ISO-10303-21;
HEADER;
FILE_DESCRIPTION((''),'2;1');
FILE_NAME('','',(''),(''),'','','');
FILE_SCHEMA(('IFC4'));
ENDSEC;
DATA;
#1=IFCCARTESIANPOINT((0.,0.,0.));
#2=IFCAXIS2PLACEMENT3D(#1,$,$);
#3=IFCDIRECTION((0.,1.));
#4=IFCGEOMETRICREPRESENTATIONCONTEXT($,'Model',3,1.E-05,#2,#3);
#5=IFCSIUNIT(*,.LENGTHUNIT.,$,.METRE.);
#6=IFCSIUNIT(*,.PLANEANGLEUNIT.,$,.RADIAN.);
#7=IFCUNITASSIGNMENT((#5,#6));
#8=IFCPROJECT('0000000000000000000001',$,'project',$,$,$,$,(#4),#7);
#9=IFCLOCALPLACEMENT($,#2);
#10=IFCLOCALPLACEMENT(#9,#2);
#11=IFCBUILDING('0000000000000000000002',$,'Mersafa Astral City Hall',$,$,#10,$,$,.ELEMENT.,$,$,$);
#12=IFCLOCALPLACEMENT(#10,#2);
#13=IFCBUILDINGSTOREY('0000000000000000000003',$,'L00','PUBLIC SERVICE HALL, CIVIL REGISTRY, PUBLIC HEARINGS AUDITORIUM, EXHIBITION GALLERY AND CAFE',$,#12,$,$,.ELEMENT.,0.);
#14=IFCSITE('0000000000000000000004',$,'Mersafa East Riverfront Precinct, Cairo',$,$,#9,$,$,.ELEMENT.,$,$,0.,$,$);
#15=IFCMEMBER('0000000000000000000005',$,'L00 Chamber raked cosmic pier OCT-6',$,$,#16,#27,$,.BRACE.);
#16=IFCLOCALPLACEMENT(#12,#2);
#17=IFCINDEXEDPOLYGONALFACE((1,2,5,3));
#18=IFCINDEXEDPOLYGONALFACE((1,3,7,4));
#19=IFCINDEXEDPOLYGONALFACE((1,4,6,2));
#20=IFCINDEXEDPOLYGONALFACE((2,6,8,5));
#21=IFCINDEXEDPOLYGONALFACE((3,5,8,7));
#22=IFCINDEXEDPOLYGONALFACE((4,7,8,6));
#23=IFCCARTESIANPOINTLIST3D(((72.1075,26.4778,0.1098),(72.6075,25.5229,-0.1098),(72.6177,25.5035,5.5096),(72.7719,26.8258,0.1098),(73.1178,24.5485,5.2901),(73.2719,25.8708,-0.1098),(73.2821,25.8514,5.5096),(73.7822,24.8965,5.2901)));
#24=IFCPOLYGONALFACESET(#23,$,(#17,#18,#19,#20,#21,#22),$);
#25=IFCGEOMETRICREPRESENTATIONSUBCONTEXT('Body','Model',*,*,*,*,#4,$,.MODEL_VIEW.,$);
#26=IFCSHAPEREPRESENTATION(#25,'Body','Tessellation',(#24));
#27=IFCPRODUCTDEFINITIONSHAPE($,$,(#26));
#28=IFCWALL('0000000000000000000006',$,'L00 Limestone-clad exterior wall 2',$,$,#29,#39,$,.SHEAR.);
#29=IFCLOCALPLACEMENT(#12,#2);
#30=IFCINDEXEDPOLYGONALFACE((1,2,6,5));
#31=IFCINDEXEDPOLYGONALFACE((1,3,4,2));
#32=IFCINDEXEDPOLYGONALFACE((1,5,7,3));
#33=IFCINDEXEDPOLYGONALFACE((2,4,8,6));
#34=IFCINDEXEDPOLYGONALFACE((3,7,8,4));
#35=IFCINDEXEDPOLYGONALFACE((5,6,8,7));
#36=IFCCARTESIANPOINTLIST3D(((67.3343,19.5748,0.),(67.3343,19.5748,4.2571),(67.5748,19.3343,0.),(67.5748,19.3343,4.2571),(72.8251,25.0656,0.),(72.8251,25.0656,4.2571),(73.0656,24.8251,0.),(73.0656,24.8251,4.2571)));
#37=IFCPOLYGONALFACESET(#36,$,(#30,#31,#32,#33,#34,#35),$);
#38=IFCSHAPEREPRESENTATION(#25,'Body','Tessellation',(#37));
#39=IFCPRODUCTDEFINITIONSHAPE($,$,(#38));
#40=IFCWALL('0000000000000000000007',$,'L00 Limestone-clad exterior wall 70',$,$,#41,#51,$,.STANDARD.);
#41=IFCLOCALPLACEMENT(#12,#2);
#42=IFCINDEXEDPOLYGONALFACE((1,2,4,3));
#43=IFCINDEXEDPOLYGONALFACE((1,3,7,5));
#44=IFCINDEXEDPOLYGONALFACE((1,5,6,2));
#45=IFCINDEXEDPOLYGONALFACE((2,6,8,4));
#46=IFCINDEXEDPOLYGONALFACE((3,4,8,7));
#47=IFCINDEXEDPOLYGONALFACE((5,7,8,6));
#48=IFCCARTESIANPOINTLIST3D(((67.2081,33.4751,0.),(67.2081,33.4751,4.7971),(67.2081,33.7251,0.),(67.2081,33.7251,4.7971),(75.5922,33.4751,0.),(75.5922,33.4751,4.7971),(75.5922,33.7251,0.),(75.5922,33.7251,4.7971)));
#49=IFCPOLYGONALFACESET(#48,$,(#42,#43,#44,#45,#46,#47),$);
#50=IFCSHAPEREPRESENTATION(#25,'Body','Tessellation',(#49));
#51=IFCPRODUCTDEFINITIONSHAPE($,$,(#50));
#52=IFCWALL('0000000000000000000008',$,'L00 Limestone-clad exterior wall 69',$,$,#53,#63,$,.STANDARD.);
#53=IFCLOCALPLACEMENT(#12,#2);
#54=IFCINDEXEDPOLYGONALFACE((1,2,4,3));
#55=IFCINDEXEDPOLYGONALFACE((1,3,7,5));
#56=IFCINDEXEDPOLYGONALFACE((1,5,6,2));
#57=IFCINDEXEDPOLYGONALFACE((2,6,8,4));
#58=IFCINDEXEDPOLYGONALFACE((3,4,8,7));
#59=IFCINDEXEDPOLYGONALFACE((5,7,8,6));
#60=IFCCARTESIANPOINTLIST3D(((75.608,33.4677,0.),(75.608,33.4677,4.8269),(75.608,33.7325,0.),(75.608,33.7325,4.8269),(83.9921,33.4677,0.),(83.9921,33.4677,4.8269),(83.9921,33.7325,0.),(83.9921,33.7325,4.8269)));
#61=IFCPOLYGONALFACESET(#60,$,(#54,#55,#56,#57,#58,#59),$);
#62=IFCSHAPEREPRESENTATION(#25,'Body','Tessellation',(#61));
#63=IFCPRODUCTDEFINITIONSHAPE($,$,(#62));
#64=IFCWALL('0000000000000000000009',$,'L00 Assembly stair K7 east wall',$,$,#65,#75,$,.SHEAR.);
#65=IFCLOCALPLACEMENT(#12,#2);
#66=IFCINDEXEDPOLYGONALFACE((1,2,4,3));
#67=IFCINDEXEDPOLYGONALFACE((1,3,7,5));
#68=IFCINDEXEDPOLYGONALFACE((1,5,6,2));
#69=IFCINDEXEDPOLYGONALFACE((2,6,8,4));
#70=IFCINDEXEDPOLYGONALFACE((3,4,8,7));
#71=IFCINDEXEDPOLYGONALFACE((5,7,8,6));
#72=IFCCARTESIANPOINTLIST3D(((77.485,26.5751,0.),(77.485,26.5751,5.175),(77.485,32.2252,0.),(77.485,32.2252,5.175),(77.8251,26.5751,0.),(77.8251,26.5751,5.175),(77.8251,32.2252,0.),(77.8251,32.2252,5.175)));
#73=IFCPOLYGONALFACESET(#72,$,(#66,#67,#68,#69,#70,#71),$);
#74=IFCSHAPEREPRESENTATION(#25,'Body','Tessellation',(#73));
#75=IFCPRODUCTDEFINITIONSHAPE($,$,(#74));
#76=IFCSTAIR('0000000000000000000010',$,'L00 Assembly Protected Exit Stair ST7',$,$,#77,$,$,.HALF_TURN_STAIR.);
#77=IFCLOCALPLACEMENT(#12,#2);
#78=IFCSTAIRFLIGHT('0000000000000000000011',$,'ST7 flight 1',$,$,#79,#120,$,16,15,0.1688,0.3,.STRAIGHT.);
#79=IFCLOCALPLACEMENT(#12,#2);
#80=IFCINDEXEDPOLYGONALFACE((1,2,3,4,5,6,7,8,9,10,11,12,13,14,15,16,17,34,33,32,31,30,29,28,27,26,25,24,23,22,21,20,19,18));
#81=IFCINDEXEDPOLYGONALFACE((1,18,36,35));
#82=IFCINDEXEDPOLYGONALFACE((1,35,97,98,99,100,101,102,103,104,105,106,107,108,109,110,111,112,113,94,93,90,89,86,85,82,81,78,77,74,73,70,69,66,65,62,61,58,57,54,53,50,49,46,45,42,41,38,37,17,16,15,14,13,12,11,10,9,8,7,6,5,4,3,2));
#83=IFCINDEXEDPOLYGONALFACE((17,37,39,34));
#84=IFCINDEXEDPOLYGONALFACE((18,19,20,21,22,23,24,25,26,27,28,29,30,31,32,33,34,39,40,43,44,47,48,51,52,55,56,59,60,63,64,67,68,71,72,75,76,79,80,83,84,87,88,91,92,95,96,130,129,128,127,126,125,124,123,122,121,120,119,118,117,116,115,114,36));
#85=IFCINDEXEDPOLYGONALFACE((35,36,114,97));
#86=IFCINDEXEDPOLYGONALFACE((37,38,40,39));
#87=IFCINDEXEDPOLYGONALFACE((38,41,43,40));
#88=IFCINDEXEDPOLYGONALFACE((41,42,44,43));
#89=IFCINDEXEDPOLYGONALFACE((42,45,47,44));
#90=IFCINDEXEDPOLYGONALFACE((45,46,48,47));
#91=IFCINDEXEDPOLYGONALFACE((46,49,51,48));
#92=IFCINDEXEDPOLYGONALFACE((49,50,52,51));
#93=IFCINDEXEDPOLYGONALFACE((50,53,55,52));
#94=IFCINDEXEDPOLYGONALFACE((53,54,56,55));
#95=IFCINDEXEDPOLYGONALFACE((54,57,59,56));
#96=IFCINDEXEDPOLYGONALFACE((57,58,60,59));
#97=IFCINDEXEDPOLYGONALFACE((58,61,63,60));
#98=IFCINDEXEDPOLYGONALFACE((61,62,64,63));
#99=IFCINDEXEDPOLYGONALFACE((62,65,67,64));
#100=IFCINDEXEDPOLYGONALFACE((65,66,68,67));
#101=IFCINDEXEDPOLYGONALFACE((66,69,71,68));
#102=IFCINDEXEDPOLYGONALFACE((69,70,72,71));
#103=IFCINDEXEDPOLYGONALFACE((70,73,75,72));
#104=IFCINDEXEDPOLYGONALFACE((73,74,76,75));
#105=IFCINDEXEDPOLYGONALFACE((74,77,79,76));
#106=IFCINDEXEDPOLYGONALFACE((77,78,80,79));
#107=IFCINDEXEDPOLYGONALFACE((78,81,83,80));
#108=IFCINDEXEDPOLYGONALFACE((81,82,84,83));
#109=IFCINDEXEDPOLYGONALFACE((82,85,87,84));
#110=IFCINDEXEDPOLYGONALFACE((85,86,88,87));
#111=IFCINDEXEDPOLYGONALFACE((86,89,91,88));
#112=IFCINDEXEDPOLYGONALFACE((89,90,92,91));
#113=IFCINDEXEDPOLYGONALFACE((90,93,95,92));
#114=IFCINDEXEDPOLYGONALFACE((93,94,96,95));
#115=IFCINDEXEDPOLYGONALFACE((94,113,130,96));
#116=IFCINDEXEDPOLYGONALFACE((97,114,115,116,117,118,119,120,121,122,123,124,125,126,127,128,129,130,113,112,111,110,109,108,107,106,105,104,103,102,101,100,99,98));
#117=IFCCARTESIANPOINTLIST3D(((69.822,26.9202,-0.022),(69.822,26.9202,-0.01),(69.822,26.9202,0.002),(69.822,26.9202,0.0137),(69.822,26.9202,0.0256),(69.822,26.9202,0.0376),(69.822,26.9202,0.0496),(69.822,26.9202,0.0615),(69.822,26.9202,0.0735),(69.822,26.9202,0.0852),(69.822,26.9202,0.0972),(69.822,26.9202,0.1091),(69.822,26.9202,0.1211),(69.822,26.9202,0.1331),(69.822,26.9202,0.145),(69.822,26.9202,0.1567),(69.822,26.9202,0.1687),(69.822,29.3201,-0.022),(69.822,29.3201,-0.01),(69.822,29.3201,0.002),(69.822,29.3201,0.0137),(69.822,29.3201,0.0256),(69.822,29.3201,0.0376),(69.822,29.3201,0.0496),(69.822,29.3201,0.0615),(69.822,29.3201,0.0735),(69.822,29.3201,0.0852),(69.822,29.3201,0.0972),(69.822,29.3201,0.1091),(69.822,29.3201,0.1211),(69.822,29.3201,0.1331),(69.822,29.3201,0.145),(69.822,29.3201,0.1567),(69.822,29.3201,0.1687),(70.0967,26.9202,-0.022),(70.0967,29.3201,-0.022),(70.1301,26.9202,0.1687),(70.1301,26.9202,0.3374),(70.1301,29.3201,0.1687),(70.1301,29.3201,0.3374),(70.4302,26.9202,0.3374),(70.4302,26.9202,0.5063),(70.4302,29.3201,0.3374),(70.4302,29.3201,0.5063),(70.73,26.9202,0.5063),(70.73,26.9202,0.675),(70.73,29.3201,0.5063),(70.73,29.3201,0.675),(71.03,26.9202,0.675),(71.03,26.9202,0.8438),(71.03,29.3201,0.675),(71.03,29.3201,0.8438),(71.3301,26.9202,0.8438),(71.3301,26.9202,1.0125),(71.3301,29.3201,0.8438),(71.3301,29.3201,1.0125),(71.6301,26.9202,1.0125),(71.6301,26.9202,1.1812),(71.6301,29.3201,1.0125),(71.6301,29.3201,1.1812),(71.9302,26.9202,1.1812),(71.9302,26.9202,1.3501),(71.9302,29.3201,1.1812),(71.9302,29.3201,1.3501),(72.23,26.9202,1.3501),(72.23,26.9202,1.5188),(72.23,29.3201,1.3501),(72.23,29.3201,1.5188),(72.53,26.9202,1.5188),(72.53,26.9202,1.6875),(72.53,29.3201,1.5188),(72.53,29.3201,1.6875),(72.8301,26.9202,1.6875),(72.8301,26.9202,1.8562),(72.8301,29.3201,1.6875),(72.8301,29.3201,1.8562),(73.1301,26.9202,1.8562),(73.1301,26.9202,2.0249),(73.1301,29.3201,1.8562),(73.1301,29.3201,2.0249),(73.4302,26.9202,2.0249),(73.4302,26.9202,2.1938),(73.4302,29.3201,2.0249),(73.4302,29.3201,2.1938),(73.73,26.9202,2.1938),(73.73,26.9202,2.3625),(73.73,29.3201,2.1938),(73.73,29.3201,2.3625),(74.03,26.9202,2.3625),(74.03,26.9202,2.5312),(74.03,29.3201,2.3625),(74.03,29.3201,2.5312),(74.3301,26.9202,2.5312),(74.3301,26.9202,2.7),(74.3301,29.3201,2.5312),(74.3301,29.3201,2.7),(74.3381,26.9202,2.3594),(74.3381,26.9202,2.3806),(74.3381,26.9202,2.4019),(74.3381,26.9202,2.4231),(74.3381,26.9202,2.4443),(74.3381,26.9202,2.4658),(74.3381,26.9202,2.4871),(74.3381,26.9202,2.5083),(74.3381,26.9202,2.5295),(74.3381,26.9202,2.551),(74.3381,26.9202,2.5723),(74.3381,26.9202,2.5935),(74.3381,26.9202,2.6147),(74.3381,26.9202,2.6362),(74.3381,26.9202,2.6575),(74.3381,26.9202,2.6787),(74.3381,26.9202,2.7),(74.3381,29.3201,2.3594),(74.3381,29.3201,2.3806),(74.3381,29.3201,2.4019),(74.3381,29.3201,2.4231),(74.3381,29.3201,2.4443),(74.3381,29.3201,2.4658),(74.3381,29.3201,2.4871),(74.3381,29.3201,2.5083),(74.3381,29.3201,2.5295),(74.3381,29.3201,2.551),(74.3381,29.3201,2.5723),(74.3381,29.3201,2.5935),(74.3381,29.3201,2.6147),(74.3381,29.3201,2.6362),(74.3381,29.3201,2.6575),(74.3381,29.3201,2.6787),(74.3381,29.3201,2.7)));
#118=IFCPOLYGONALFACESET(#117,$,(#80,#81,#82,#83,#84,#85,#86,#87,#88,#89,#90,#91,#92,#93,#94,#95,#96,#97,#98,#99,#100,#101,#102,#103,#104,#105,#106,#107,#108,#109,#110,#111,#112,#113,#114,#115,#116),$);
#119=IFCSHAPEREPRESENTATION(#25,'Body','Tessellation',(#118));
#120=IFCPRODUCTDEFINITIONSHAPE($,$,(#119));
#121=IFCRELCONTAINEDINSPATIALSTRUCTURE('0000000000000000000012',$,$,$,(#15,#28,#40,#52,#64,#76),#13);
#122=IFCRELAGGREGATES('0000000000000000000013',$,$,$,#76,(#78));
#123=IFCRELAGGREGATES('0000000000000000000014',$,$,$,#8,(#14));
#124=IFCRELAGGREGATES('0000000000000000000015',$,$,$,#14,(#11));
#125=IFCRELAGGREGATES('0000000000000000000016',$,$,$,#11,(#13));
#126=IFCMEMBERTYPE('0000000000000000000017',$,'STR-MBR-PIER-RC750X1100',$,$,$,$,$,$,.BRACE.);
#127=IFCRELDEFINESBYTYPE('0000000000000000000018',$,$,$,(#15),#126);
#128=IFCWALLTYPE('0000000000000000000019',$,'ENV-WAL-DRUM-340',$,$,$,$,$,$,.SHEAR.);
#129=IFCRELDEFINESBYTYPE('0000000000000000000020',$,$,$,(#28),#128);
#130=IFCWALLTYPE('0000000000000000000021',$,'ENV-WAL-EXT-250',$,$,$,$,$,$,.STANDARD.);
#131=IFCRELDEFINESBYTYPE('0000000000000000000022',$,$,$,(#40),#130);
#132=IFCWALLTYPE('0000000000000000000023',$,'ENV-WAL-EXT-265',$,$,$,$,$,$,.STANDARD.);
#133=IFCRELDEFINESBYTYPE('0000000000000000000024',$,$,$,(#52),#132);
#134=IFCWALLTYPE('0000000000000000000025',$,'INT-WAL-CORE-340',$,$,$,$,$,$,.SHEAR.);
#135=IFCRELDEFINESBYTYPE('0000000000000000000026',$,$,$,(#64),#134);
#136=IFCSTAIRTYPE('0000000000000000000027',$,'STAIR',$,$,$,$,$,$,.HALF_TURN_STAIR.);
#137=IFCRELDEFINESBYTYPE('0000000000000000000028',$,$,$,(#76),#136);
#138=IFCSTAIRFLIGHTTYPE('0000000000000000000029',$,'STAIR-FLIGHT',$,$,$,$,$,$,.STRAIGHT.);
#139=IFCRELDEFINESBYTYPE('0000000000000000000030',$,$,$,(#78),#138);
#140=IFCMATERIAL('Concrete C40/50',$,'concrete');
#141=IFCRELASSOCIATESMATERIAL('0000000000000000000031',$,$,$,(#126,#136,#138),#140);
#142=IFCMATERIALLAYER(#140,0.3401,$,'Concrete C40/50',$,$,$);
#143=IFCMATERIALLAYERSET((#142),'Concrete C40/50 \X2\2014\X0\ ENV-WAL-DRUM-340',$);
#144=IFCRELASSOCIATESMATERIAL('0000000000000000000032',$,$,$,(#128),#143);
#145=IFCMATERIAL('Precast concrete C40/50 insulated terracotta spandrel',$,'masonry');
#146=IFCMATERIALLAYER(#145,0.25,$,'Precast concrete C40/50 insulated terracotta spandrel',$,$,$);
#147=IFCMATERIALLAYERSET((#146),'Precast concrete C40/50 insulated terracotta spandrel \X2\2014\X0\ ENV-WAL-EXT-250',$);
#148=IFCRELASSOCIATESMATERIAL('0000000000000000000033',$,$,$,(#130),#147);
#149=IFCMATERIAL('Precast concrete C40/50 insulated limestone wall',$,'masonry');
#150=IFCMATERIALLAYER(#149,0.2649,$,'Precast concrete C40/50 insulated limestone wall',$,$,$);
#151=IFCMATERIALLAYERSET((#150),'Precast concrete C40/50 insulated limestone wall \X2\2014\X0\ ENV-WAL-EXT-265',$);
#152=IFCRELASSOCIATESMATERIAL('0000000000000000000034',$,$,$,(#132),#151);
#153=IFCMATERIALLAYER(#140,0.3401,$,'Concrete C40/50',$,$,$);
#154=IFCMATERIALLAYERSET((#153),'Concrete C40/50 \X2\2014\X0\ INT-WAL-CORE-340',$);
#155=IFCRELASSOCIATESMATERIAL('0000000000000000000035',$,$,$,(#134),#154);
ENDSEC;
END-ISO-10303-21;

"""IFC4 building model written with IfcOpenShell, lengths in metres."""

from ifc_helpers import new_model, si_unit, direction, frame, frame_2d, origin, origin_2d, place, context, subcontext, project, spatial, polyline, rectangle, outline, extrude, material, layer, layer_set, material_profile, profile_set, type_object, element, aggregate, save


model = new_model("IFC4")

# Units and contexts
model_context = context("Model", 3, precision=1e-05, world=origin(), true_north=direction((0.0, 1.0)))
body_context = subcontext(model_context, "Body", "Model", "MODEL_VIEW")
ifc_project = project(units=[si_unit("LENGTHUNIT", "METRE"), si_unit("PLANEANGLEUNIT", "RADIAN")], contexts=[model_context])

# Site, building, storey
site_placement = place(None, origin())
site = spatial("IfcSite", under=ifc_project, at=site_placement, Name="Mersafa East Riverfront Precinct, Cairo", CompositionType="ELEMENT", RefElevation=0.0)
building_placement = place(site_placement, origin())
building = spatial("IfcBuilding", under=site, at=building_placement, Name="Mersafa Astral City Hall", CompositionType="ELEMENT")
storey_placement = place(building_placement, origin())
storey = spatial("IfcBuildingStorey", under=building, at=storey_placement, Name="L00", Description="PUBLIC SERVICE HALL, CIVIL REGISTRY, PUBLIC HEARINGS AUDITORIUM, EXHIBITION GALLERY AND CAFE", CompositionType="ELEMENT", Elevation=0.0)

# Shared definitions
ifc_material_1 = material(Name="Concrete C40/50", Category="concrete")

# Member
ifc_material_profile_1 = material_profile(ifc_material_1, rectangle(XDim=0.75, YDim=1.1001, at=origin_2d()), Name="RC 750x1100")
ifc_profile_set_1 = profile_set([ifc_material_profile_1], Name="Concrete C40/50")
member_type = type_object("IfcMemberType", Name="STR-MBR-PIER-RC750X1100", PredefinedType="BRACE", material=ifc_profile_set_1)
member_placement = place(storey_placement, frame((72.6897, 26.1743, 0.0), z_axis=(0.092592, -0.176811, 0.97988), x_axis=(0.885879, 0.463916, 0.0)))
element("IfcMember", 1, at=member_placement, inside=storey, type_object=member_type, Name="L00 Chamber raked cosmic pier OCT-6", PredefinedType="BRACE", context=body_context, shape_type="SweptSolid", body=[
    extrude(rectangle(XDim=0.75, YDim=1.1001, at=origin_2d()), origin(), (0.0, 0.0, 1.0), 5.5107),
])

# Walls
ifc_layer_1 = layer(ifc_material_1, 0.3401, Name="Concrete C40/50")
ifc_layer_set_1 = layer_set([ifc_layer_1], Name="Concrete C40/50 — ENV-WAL-DRUM-340")
wall_type_1 = type_object("IfcWallType", Name="ENV-WAL-DRUM-340", PredefinedType="SHEAR", material=ifc_layer_set_1)
wall_1_placement = place(storey_placement, frame((72.9453, 24.9453, 0.0), z_axis=(0.0, 0.0, 1.0), x_axis=(-0.707107, -0.707107, 0.0)))
element("IfcWall", 2, at=wall_1_placement, inside=storey, type_object=wall_type_1, Name="L00 Limestone-clad exterior wall 2", PredefinedType="SHEAR", context=body_context, shape_type="SweptSolid", body=[
    extrude(rectangle(XDim=7.7651, YDim=0.3401, at=frame_2d((3.8826, 0.0))), origin(), (0.0, 0.0, 1.0), 4.2571),
])
ifc_material_2 = material(Name="Precast concrete C40/50 insulated terracotta spandrel", Category="masonry")
ifc_layer_2 = layer(ifc_material_2, 0.25, Name="Precast concrete C40/50 insulated terracotta spandrel")
ifc_layer_set_2 = layer_set([ifc_layer_2], Name="Precast concrete C40/50 insulated terracotta spandrel — ENV-WAL-EXT-250")
wall_type_2 = type_object("IfcWallType", Name="ENV-WAL-EXT-250", PredefinedType="STANDARD", material=ifc_layer_set_2)
wall_2_placement = place(storey_placement, frame((75.592, 33.6001, 0.0), z_axis=(0.0, 0.0, 1.0), x_axis=(-1.0, 0.0, 0.0)))
element("IfcWall", 3, at=wall_2_placement, inside=storey, type_object=wall_type_2, Name="L00 Limestone-clad exterior wall 70", PredefinedType="STANDARD", context=body_context, shape_type="SweptSolid", body=[
    extrude(rectangle(XDim=8.384, YDim=0.25, at=frame_2d((4.1919, 0.0))), origin(), (0.0, 0.0, 1.0), 4.7971),
])
ifc_material_3 = material(Name="Precast concrete C40/50 insulated limestone wall", Category="masonry")
ifc_layer_3 = layer(ifc_material_3, 0.2649, Name="Precast concrete C40/50 insulated limestone wall")
ifc_layer_set_3 = layer_set([ifc_layer_3], Name="Precast concrete C40/50 insulated limestone wall — ENV-WAL-EXT-265")
wall_type_3 = type_object("IfcWallType", Name="ENV-WAL-EXT-265", PredefinedType="STANDARD", material=ifc_layer_set_3)
wall_3_placement = place(storey_placement, frame((83.9919, 33.6001, 0.0), z_axis=(0.0, 0.0, 1.0), x_axis=(-1.0, 0.0, 0.0)))
element("IfcWall", 4, at=wall_3_placement, inside=storey, type_object=wall_type_3, Name="L00 Limestone-clad exterior wall 69", PredefinedType="STANDARD", context=body_context, shape_type="SweptSolid", body=[
    extrude(rectangle(XDim=8.384, YDim=0.2649, at=frame_2d((4.1919, 0.0))), origin(), (0.0, 0.0, 1.0), 4.8269),
])
ifc_layer_4 = layer(ifc_material_1, 0.3401, Name="Concrete C40/50")
ifc_layer_set_4 = layer_set([ifc_layer_4], Name="Concrete C40/50 — INT-WAL-CORE-340")
wall_type_4 = type_object("IfcWallType", Name="INT-WAL-CORE-340", PredefinedType="SHEAR", material=ifc_layer_set_4)
wall_4_placement = place(storey_placement, frame((77.655, 26.575, 0.0), z_axis=(0.0, 0.0, 1.0), x_axis=(0.0, 1.0, 0.0)))
element("IfcWall", 5, at=wall_4_placement, inside=storey, type_object=wall_type_4, Name="L00 Assembly stair K7 east wall", PredefinedType="SHEAR", context=body_context, shape_type="SweptSolid", body=[
    extrude(rectangle(XDim=5.6501, YDim=0.3401, at=frame_2d((2.8252, 0.0))), origin(), (0.0, 0.0, 1.0), 5.175),
])

# Stair, stair flight
stair_type = type_object("IfcStairType", Name="STAIR", PredefinedType="HALF_TURN_STAIR", material=ifc_material_1)
stair_placement = place(storey_placement, origin())
stair = element("IfcStair", 6, at=stair_placement, inside=storey, type_object=stair_type, Name="L00 Assembly Protected Exit Stair ST7", PredefinedType="HALF_TURN_STAIR")
stair_flight_type = type_object("IfcStairFlightType", Name="STAIR-FLIGHT", PredefinedType="STRAIGHT", material=ifc_material_1)
stair_flight_1_placement = place(storey_placement, frame((69.8301, 28.1201, 0.0), z_axis=(0.0, 0.0, 1.0), x_axis=(1.0, 0.0, 0.0)))
stair_flight_1 = element("IfcStairFlight", 7, at=stair_flight_1_placement, type_object=stair_flight_type, Name="ST7 flight 1", NumberOfRisers=16, NumberOfTreads=15, PredefinedType="STRAIGHT", RiserHeight=0.1688, TreadLength=0.3, context=body_context, shape_type="SweptSolid", body=[
    extrude(outline(polyline([(-0.0081, -0.022), (-0.0081, -0.01), (-0.0081, 0.002), (-0.0081, 0.0137), (-0.0081, 0.0256), (-0.0081, 0.0376), (-0.0081, 0.0496), (-0.0081, 0.0615), (-0.0081, 0.0735), (-0.0081, 0.0852), (-0.0081, 0.0972), (-0.0081, 0.1091), (-0.0081, 0.1211), (-0.0081, 0.1331), (-0.0081, 0.145), (-0.0081, 0.1567), (-0.0081, 0.1687), (0.3, 0.1687), (0.3, 0.3374), (0.6001, 0.3374), (0.6001, 0.5063), (0.8999, 0.5063), (0.8999, 0.675), (1.2, 0.675), (1.2, 0.8438), (1.5, 0.8438), (1.5, 1.0125), (1.8, 1.0125), (1.8, 1.1812), (2.1001, 1.1812), (2.1001, 1.3501), (2.3999, 1.3501), (2.3999, 1.5188), (2.7, 1.5188), (2.7, 1.6875), (3.0, 1.6875), (3.0, 1.8562), (3.3, 1.8562), (3.3, 2.0249), (3.6001, 2.0249), (3.6001, 2.1938), (3.8999, 2.1938), (3.8999, 2.3625), (4.2, 2.3625), (4.2, 2.5312), (4.5, 2.5312), (4.5, 2.7), (4.5081, 2.7), (4.5081, 2.6787), (4.5081, 2.6575), (4.5081, 2.6362), (4.5081, 2.6147), (4.5081, 2.5935), (4.5081, 2.5723), (4.5081, 2.551), (4.5081, 2.5295), (4.5081, 2.5083), (4.5081, 2.4871), (4.5081, 2.4658), (4.5081, 2.4443), (4.5081, 2.4231), (4.5081, 2.4019), (4.5081, 2.3806), (4.5081, 2.3594), (0.2666, -0.022), (-0.0081, -0.022)])), frame((0.0, 1.2, 0.0), z_axis=(0.0, -1.0, 0.0), x_axis=(1.0, 0.0, 0.0)), (0.0, 0.0, 1.0), 2.3999),
])
aggregate(stair, [stair_flight_1])

save(model, "model.ifc")
